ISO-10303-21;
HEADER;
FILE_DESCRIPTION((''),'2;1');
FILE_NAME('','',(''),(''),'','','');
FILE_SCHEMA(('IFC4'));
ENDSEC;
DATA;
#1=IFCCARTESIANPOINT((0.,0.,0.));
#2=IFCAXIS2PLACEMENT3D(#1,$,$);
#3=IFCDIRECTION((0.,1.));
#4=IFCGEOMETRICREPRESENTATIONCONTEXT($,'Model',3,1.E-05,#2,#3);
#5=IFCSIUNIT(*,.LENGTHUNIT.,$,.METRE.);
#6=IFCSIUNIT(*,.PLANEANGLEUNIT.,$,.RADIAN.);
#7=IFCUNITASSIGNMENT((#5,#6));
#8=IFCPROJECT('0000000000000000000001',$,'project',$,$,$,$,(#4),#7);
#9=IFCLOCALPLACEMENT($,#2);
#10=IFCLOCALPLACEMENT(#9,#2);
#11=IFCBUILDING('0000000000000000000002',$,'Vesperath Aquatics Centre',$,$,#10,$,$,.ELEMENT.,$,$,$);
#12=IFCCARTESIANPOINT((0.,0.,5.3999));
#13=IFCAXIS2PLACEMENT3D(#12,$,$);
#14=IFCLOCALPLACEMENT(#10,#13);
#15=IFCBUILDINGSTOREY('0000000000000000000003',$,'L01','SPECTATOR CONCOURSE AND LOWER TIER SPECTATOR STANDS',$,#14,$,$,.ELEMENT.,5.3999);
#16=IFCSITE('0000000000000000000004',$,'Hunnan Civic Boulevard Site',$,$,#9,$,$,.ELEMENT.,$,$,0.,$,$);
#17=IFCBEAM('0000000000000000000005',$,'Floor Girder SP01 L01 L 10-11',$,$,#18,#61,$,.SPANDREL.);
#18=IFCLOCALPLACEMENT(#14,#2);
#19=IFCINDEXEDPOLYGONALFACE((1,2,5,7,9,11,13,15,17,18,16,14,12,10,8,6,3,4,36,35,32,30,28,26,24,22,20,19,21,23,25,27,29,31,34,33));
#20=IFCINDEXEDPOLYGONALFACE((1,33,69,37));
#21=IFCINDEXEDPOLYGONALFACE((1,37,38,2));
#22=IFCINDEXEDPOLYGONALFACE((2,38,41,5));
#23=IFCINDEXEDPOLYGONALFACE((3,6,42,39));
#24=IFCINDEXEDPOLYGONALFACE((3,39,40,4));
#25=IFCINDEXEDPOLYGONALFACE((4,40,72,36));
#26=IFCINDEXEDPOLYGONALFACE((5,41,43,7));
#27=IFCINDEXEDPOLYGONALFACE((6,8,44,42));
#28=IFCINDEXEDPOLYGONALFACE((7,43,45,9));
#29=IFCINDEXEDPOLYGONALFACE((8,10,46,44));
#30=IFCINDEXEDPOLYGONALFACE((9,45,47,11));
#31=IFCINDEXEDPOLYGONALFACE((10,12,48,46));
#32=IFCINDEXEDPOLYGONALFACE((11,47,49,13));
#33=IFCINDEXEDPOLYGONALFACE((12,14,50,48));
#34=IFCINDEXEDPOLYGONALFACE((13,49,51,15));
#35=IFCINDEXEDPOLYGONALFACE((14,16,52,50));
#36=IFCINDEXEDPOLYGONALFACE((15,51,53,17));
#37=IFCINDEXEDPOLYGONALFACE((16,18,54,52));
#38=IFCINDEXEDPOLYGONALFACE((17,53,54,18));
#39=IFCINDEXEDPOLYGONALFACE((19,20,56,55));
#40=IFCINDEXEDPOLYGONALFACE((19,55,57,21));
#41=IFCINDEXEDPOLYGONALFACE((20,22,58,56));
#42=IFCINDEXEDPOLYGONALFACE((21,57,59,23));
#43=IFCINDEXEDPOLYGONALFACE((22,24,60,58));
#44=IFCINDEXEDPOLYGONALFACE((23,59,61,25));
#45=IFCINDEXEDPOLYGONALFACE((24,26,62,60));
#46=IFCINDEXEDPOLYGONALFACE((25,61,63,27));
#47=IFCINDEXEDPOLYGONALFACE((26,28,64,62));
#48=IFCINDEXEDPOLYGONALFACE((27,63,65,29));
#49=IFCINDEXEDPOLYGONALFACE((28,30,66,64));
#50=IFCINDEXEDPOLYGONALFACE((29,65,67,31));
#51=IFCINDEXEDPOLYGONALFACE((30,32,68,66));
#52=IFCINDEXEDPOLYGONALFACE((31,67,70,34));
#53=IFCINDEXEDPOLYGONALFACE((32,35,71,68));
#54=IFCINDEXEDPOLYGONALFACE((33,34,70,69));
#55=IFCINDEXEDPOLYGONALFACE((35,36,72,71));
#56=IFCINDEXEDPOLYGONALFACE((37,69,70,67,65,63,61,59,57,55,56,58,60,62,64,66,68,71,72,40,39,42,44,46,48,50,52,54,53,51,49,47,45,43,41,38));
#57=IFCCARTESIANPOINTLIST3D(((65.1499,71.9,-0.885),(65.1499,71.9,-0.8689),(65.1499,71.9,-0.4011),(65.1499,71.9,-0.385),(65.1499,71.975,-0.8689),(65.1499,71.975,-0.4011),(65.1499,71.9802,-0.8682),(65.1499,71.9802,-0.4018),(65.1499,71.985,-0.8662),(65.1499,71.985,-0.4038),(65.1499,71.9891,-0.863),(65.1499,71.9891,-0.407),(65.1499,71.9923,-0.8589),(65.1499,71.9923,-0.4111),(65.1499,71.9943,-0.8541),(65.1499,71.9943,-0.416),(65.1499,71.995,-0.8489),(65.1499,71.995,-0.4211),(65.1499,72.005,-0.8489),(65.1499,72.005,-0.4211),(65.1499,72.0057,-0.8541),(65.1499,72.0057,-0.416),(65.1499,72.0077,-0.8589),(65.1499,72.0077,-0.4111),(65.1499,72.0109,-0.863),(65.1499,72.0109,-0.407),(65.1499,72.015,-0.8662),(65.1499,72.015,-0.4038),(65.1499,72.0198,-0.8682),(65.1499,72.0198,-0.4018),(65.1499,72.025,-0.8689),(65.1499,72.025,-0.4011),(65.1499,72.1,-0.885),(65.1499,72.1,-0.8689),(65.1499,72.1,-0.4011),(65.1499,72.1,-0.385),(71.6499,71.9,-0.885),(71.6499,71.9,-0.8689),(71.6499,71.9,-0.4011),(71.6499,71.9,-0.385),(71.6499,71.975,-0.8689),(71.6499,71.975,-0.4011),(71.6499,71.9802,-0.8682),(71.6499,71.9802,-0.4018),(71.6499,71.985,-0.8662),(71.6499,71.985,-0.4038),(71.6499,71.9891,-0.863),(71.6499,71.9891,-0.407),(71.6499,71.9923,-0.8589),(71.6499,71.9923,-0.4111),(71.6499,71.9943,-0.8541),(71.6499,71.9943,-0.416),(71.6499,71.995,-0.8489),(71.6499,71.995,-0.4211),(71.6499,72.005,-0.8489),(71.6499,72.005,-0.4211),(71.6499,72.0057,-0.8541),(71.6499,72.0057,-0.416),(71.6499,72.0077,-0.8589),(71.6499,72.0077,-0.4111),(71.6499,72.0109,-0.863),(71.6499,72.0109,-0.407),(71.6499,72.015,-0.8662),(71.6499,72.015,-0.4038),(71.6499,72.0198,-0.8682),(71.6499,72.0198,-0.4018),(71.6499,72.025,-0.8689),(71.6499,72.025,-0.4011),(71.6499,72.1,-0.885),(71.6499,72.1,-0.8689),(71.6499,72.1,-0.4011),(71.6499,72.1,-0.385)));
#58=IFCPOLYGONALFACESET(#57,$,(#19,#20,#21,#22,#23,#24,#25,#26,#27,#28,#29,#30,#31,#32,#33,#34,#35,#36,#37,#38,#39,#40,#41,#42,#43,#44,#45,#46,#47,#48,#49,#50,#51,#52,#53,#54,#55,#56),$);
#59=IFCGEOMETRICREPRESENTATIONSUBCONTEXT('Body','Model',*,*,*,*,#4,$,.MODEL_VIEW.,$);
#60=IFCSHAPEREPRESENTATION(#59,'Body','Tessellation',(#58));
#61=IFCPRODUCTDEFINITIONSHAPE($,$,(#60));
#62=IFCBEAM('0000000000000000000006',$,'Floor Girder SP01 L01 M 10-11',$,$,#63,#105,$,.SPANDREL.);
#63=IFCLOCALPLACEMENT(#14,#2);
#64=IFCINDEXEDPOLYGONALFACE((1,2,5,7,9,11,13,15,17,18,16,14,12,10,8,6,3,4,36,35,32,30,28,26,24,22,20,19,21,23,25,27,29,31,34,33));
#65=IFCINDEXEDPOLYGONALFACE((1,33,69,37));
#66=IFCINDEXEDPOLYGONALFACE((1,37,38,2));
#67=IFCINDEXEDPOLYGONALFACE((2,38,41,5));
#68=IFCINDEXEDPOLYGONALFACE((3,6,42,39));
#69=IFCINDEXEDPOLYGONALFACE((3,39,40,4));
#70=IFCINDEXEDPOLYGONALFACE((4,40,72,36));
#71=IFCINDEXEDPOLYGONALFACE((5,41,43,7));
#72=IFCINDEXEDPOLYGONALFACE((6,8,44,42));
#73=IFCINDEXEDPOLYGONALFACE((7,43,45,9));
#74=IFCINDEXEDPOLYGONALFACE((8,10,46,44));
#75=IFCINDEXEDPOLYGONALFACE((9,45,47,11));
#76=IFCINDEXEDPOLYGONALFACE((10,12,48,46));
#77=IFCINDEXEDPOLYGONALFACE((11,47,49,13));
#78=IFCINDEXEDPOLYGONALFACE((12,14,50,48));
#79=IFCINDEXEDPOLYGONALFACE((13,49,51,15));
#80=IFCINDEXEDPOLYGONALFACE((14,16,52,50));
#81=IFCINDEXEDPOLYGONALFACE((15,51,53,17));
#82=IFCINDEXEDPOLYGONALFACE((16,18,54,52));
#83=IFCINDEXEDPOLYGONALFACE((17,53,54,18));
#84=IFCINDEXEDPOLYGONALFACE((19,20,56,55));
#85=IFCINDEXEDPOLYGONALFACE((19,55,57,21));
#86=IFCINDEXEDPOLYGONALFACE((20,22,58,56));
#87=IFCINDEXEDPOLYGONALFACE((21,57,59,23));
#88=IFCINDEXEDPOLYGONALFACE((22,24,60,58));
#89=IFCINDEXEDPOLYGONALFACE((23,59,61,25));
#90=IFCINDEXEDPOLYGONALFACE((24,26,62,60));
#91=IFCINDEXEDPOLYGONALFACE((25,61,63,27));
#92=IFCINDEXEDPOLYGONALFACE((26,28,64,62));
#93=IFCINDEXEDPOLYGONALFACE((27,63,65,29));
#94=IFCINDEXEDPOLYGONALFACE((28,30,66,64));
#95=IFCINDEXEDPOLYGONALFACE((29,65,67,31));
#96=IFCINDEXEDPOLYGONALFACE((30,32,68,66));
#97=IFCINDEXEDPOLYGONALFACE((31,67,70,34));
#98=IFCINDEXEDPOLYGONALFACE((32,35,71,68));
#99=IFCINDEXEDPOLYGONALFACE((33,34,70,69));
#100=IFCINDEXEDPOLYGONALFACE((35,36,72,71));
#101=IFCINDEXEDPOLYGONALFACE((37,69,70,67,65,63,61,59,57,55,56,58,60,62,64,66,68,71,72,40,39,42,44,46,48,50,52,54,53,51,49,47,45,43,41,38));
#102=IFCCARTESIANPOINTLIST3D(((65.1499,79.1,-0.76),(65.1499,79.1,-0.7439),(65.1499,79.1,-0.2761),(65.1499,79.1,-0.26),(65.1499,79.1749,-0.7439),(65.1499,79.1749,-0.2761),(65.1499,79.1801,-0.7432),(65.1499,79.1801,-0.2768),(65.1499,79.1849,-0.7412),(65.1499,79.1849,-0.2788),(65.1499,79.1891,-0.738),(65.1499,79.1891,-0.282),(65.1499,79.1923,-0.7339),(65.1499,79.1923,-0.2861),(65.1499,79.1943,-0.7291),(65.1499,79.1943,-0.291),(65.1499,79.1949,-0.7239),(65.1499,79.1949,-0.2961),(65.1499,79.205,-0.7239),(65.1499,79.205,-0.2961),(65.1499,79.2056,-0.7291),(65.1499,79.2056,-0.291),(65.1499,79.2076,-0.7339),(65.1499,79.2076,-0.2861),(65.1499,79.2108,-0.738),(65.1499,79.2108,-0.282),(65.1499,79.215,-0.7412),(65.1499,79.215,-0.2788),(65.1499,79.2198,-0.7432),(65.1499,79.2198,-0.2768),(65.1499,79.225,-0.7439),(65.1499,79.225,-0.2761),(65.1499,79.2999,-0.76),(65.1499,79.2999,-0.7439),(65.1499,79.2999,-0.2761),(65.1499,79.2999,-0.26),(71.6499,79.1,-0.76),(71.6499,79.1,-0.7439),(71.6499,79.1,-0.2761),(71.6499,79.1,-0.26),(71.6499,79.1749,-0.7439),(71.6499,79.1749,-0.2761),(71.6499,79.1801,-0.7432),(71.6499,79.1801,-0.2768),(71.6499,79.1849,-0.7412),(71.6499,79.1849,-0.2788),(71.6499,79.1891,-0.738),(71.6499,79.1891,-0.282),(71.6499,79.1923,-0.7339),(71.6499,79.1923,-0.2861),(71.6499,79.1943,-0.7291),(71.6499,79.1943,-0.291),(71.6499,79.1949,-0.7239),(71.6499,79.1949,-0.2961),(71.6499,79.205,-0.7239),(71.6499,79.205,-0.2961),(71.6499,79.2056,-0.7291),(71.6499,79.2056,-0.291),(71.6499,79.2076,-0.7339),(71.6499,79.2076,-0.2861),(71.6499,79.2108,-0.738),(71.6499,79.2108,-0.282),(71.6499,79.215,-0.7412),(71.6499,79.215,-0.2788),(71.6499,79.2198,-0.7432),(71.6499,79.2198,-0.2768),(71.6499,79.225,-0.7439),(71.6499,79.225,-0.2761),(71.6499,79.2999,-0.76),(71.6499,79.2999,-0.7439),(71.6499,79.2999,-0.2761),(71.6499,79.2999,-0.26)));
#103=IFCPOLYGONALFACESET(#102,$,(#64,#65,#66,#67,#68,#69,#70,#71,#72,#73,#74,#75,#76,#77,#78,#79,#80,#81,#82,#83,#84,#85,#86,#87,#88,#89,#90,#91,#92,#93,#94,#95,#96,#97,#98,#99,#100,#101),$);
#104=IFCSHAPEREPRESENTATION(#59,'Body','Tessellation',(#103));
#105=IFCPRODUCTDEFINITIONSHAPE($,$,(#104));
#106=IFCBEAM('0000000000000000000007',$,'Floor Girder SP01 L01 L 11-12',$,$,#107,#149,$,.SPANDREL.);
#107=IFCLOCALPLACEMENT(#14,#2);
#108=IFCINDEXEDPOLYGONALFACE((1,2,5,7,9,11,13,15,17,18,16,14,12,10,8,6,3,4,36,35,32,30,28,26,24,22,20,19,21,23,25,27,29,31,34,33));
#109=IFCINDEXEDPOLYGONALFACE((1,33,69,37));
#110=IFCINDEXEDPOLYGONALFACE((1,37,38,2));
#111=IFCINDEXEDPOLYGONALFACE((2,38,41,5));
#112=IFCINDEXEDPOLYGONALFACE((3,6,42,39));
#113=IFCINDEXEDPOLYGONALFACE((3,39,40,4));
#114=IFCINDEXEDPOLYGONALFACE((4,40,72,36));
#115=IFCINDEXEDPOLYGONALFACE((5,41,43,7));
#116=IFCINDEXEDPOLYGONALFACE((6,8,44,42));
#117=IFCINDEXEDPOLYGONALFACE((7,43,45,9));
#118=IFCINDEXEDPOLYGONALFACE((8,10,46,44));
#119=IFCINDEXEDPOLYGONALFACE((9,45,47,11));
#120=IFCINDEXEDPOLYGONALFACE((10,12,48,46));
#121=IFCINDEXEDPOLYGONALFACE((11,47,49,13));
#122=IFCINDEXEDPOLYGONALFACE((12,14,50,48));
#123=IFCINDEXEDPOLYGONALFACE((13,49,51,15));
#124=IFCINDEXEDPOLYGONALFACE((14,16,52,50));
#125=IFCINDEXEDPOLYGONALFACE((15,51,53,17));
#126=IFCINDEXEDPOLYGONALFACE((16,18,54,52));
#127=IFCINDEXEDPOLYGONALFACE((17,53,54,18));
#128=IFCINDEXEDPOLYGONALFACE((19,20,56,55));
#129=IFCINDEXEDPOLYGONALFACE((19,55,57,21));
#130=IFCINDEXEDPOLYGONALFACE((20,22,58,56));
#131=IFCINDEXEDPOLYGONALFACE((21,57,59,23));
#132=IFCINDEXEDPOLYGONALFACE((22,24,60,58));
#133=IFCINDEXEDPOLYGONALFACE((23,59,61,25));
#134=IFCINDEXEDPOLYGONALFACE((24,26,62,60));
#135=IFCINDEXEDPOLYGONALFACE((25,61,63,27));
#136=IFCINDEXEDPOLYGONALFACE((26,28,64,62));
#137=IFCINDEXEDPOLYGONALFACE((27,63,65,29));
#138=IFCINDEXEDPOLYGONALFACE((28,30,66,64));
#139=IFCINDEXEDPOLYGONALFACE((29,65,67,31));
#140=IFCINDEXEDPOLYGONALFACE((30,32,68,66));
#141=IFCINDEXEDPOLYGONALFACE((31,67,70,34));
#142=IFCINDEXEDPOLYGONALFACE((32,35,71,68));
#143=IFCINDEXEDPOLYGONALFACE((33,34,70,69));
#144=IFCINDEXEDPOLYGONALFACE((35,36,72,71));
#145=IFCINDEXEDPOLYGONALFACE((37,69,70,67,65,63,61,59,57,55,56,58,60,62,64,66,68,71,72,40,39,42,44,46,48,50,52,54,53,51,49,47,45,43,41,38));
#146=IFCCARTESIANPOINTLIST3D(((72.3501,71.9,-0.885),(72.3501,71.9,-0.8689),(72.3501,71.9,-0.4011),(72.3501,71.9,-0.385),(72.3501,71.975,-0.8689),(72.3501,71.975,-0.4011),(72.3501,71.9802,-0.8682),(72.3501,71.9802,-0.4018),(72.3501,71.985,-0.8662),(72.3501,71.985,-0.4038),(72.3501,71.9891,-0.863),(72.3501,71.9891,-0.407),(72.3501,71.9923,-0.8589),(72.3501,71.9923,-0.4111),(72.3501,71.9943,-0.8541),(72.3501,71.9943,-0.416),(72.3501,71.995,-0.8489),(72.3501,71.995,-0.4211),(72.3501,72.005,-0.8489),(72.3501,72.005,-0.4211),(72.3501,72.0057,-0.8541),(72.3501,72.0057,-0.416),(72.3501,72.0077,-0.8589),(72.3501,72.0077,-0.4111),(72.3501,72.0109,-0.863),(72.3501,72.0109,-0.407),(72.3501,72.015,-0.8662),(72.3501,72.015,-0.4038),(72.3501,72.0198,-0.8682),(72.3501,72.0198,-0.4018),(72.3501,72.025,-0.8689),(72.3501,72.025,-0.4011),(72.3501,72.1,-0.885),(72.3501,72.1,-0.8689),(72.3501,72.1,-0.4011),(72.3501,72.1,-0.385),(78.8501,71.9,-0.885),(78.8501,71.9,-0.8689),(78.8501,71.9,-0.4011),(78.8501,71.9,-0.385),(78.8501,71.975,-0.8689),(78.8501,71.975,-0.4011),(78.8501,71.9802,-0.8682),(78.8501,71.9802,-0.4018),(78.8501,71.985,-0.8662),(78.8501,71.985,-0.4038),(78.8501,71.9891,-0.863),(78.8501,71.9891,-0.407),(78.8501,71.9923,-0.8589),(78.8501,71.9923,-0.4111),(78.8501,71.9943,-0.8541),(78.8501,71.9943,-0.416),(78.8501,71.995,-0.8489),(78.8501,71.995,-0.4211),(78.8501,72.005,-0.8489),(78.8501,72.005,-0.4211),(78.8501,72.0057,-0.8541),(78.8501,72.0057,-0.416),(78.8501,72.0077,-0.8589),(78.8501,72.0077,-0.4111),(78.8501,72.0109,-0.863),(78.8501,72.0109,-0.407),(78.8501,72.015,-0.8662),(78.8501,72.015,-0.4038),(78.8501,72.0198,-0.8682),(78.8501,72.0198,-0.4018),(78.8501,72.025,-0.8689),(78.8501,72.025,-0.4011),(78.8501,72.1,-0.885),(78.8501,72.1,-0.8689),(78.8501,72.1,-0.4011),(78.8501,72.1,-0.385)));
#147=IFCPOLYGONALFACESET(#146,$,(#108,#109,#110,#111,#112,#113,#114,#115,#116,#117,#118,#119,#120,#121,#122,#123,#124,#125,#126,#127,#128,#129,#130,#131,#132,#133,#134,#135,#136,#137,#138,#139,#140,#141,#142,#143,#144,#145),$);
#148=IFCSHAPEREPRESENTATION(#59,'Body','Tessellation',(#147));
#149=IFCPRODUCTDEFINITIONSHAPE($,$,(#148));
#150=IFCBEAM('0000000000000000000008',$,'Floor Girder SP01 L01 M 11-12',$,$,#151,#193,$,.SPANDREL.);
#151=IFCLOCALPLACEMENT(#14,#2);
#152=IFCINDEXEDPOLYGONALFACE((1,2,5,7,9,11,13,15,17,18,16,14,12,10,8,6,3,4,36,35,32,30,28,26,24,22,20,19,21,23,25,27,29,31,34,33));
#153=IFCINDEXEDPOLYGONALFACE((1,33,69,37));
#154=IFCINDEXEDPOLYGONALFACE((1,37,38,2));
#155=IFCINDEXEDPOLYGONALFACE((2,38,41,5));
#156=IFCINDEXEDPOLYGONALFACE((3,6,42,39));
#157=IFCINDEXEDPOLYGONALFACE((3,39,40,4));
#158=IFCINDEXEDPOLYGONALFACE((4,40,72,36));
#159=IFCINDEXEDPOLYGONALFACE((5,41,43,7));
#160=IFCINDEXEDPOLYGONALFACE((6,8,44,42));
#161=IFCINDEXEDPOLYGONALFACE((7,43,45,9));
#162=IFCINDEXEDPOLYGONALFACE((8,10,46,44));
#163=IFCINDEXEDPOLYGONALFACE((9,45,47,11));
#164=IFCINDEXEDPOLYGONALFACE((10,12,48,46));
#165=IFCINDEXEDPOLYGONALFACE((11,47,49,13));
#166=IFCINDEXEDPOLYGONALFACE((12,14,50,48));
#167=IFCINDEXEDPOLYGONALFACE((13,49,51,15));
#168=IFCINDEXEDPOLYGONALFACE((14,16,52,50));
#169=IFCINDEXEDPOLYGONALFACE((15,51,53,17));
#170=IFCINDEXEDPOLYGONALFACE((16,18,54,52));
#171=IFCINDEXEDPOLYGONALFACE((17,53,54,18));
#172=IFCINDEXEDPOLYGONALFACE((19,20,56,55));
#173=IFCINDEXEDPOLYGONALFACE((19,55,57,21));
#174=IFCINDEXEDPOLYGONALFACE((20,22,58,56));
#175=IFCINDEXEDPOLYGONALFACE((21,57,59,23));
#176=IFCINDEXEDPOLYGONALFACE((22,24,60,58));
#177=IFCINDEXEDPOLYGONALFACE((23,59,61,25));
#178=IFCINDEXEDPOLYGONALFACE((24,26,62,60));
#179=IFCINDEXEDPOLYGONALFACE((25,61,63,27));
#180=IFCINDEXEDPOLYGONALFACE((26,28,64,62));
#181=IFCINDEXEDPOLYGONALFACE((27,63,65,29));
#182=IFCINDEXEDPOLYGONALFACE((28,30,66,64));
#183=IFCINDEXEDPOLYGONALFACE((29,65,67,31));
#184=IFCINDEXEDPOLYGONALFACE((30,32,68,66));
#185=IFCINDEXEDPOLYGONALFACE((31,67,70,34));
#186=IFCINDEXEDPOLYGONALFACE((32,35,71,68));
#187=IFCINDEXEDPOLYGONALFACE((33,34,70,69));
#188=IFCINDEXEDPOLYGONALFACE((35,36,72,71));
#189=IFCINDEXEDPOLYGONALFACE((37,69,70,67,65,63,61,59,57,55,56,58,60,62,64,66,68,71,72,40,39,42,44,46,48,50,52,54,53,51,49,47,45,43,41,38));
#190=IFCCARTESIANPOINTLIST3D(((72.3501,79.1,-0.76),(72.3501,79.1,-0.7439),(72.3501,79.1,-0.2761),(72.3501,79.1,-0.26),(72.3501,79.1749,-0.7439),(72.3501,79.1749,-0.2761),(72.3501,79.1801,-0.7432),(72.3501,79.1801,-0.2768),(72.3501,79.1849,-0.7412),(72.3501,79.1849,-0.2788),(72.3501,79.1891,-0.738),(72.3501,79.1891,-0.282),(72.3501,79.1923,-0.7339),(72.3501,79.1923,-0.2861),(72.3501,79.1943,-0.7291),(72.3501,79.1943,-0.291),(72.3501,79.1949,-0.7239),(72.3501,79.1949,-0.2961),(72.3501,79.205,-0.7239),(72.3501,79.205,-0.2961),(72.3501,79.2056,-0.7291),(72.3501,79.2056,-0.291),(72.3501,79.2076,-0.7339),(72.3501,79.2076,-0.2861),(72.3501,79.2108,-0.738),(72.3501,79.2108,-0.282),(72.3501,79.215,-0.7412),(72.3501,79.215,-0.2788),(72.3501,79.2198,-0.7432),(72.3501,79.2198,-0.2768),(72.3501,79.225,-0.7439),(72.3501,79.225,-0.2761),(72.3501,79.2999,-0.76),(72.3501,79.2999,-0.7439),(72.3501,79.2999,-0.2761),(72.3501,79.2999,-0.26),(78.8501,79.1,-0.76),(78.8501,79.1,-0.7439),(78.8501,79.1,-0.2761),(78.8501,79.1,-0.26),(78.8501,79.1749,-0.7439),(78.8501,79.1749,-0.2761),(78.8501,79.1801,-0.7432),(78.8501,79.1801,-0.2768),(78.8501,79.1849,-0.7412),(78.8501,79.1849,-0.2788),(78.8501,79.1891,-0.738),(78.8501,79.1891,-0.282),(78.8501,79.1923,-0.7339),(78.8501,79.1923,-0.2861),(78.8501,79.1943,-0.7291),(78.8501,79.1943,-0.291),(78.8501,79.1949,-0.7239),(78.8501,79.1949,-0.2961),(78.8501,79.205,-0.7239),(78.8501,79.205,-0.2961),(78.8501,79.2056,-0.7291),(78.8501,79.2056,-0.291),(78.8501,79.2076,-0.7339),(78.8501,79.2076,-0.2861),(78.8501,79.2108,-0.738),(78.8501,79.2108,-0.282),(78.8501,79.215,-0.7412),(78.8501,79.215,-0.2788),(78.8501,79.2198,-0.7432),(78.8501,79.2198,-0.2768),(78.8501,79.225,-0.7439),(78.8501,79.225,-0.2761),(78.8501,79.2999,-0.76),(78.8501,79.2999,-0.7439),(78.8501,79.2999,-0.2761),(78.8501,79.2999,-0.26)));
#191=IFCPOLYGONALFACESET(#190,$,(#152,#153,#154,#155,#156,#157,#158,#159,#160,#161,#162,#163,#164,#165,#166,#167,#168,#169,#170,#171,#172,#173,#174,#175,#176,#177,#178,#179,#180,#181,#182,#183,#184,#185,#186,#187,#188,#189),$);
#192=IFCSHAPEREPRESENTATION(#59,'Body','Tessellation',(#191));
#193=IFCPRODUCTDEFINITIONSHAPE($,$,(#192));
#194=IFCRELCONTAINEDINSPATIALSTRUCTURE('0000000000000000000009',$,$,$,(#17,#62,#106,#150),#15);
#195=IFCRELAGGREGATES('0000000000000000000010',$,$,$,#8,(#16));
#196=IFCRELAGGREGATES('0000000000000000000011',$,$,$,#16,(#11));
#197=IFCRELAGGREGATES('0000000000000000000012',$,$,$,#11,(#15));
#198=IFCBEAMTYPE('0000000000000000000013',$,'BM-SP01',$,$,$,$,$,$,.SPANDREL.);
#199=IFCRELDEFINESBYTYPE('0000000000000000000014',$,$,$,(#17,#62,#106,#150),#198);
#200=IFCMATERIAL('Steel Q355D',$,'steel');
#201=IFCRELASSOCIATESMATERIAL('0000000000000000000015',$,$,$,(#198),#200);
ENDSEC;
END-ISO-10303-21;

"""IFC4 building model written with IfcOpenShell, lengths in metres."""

from ifc_helpers import new_model, si_unit, direction, frame, origin, origin_2d, place, context, subcontext, project, spatial, i_section, extrude, material, material_profile, profile_set, type_object, element, save


model = new_model("IFC4")

# Units and contexts
model_context = context("Model", 3, precision=1e-05, world=origin(), true_north=direction((0.0, 1.0)))
body_context = subcontext(model_context, "Body", "Model", "MODEL_VIEW")
ifc_project = project(units=[si_unit("LENGTHUNIT", "METRE"), si_unit("PLANEANGLEUNIT", "RADIAN")], contexts=[model_context])

# Site, building, storey
site_placement = place(None, origin())
site = spatial("IfcSite", under=ifc_project, at=site_placement, Name="Hunnan Civic Boulevard Site", CompositionType="ELEMENT", RefElevation=0.0)
building_placement = place(site_placement, origin())
building = spatial("IfcBuilding", under=site, at=building_placement, Name="Vesperath Aquatics Centre", CompositionType="ELEMENT")
storey_placement = place(building_placement, frame((0.0, 0.0, 5.3999)))
storey = spatial("IfcBuildingStorey", under=building, at=storey_placement, Name="L01", Description="SPECTATOR CONCOURSE AND LOWER TIER SPECTATOR STANDS", CompositionType="ELEMENT", Elevation=5.3999)

# Beams
ifc_material_1 = material(Name="Steel Q355D", Category="steel")
ifc_material_profile_1 = material_profile(ifc_material_1, i_section(OverallWidth=0.2, OverallDepth=0.5, WebThickness=0.01, FlangeThickness=0.0161, FilletRadius=0.02, at=origin_2d()), Name="HN 500x200x10x16")
ifc_profile_set_1 = profile_set([ifc_material_profile_1], Name="Steel Q355D")
beam_type_1 = type_object("IfcBeamType", Name="BM-SP01", PredefinedType="SPANDREL", material=ifc_profile_set_1)
for number, where, z_axis, x_axis, name in (
    (1, (65.1499, 72.0, -0.635), (1.0, 0.0, 0.0), (0.0, 1.0, 0.0), "Floor Girder SP01 L01 L 10-11"),
    (2, (65.1499, 79.2, -0.51), (1.0, 0.0, 0.0), (0.0, 1.0, 0.0), "Floor Girder SP01 L01 M 10-11"),
    (3, (72.3501, 72.0, -0.635), (1.0, 0.0, 0.0), (0.0, 1.0, 0.0), "Floor Girder SP01 L01 L 11-12"),
    (4, (72.3501, 79.2, -0.51), (1.0, 0.0, 0.0), (0.0, 1.0, 0.0), "Floor Girder SP01 L01 M 11-12"),
):
    element("IfcBeam", number, at=place(storey_placement, frame(where, z_axis=z_axis, x_axis=x_axis)), inside=storey, type_object=beam_type_1, Name=name, PredefinedType="SPANDREL", context=body_context, shape_type="SweptSolid", body=[
        extrude(i_section(OverallWidth=0.2, OverallDepth=0.5, WebThickness=0.01, FlangeThickness=0.0161, FilletRadius=0.02, at=origin_2d()), origin(), (0.0, 0.0, 1.0), 6.5),
    ])

save(model, "model.ifc")
